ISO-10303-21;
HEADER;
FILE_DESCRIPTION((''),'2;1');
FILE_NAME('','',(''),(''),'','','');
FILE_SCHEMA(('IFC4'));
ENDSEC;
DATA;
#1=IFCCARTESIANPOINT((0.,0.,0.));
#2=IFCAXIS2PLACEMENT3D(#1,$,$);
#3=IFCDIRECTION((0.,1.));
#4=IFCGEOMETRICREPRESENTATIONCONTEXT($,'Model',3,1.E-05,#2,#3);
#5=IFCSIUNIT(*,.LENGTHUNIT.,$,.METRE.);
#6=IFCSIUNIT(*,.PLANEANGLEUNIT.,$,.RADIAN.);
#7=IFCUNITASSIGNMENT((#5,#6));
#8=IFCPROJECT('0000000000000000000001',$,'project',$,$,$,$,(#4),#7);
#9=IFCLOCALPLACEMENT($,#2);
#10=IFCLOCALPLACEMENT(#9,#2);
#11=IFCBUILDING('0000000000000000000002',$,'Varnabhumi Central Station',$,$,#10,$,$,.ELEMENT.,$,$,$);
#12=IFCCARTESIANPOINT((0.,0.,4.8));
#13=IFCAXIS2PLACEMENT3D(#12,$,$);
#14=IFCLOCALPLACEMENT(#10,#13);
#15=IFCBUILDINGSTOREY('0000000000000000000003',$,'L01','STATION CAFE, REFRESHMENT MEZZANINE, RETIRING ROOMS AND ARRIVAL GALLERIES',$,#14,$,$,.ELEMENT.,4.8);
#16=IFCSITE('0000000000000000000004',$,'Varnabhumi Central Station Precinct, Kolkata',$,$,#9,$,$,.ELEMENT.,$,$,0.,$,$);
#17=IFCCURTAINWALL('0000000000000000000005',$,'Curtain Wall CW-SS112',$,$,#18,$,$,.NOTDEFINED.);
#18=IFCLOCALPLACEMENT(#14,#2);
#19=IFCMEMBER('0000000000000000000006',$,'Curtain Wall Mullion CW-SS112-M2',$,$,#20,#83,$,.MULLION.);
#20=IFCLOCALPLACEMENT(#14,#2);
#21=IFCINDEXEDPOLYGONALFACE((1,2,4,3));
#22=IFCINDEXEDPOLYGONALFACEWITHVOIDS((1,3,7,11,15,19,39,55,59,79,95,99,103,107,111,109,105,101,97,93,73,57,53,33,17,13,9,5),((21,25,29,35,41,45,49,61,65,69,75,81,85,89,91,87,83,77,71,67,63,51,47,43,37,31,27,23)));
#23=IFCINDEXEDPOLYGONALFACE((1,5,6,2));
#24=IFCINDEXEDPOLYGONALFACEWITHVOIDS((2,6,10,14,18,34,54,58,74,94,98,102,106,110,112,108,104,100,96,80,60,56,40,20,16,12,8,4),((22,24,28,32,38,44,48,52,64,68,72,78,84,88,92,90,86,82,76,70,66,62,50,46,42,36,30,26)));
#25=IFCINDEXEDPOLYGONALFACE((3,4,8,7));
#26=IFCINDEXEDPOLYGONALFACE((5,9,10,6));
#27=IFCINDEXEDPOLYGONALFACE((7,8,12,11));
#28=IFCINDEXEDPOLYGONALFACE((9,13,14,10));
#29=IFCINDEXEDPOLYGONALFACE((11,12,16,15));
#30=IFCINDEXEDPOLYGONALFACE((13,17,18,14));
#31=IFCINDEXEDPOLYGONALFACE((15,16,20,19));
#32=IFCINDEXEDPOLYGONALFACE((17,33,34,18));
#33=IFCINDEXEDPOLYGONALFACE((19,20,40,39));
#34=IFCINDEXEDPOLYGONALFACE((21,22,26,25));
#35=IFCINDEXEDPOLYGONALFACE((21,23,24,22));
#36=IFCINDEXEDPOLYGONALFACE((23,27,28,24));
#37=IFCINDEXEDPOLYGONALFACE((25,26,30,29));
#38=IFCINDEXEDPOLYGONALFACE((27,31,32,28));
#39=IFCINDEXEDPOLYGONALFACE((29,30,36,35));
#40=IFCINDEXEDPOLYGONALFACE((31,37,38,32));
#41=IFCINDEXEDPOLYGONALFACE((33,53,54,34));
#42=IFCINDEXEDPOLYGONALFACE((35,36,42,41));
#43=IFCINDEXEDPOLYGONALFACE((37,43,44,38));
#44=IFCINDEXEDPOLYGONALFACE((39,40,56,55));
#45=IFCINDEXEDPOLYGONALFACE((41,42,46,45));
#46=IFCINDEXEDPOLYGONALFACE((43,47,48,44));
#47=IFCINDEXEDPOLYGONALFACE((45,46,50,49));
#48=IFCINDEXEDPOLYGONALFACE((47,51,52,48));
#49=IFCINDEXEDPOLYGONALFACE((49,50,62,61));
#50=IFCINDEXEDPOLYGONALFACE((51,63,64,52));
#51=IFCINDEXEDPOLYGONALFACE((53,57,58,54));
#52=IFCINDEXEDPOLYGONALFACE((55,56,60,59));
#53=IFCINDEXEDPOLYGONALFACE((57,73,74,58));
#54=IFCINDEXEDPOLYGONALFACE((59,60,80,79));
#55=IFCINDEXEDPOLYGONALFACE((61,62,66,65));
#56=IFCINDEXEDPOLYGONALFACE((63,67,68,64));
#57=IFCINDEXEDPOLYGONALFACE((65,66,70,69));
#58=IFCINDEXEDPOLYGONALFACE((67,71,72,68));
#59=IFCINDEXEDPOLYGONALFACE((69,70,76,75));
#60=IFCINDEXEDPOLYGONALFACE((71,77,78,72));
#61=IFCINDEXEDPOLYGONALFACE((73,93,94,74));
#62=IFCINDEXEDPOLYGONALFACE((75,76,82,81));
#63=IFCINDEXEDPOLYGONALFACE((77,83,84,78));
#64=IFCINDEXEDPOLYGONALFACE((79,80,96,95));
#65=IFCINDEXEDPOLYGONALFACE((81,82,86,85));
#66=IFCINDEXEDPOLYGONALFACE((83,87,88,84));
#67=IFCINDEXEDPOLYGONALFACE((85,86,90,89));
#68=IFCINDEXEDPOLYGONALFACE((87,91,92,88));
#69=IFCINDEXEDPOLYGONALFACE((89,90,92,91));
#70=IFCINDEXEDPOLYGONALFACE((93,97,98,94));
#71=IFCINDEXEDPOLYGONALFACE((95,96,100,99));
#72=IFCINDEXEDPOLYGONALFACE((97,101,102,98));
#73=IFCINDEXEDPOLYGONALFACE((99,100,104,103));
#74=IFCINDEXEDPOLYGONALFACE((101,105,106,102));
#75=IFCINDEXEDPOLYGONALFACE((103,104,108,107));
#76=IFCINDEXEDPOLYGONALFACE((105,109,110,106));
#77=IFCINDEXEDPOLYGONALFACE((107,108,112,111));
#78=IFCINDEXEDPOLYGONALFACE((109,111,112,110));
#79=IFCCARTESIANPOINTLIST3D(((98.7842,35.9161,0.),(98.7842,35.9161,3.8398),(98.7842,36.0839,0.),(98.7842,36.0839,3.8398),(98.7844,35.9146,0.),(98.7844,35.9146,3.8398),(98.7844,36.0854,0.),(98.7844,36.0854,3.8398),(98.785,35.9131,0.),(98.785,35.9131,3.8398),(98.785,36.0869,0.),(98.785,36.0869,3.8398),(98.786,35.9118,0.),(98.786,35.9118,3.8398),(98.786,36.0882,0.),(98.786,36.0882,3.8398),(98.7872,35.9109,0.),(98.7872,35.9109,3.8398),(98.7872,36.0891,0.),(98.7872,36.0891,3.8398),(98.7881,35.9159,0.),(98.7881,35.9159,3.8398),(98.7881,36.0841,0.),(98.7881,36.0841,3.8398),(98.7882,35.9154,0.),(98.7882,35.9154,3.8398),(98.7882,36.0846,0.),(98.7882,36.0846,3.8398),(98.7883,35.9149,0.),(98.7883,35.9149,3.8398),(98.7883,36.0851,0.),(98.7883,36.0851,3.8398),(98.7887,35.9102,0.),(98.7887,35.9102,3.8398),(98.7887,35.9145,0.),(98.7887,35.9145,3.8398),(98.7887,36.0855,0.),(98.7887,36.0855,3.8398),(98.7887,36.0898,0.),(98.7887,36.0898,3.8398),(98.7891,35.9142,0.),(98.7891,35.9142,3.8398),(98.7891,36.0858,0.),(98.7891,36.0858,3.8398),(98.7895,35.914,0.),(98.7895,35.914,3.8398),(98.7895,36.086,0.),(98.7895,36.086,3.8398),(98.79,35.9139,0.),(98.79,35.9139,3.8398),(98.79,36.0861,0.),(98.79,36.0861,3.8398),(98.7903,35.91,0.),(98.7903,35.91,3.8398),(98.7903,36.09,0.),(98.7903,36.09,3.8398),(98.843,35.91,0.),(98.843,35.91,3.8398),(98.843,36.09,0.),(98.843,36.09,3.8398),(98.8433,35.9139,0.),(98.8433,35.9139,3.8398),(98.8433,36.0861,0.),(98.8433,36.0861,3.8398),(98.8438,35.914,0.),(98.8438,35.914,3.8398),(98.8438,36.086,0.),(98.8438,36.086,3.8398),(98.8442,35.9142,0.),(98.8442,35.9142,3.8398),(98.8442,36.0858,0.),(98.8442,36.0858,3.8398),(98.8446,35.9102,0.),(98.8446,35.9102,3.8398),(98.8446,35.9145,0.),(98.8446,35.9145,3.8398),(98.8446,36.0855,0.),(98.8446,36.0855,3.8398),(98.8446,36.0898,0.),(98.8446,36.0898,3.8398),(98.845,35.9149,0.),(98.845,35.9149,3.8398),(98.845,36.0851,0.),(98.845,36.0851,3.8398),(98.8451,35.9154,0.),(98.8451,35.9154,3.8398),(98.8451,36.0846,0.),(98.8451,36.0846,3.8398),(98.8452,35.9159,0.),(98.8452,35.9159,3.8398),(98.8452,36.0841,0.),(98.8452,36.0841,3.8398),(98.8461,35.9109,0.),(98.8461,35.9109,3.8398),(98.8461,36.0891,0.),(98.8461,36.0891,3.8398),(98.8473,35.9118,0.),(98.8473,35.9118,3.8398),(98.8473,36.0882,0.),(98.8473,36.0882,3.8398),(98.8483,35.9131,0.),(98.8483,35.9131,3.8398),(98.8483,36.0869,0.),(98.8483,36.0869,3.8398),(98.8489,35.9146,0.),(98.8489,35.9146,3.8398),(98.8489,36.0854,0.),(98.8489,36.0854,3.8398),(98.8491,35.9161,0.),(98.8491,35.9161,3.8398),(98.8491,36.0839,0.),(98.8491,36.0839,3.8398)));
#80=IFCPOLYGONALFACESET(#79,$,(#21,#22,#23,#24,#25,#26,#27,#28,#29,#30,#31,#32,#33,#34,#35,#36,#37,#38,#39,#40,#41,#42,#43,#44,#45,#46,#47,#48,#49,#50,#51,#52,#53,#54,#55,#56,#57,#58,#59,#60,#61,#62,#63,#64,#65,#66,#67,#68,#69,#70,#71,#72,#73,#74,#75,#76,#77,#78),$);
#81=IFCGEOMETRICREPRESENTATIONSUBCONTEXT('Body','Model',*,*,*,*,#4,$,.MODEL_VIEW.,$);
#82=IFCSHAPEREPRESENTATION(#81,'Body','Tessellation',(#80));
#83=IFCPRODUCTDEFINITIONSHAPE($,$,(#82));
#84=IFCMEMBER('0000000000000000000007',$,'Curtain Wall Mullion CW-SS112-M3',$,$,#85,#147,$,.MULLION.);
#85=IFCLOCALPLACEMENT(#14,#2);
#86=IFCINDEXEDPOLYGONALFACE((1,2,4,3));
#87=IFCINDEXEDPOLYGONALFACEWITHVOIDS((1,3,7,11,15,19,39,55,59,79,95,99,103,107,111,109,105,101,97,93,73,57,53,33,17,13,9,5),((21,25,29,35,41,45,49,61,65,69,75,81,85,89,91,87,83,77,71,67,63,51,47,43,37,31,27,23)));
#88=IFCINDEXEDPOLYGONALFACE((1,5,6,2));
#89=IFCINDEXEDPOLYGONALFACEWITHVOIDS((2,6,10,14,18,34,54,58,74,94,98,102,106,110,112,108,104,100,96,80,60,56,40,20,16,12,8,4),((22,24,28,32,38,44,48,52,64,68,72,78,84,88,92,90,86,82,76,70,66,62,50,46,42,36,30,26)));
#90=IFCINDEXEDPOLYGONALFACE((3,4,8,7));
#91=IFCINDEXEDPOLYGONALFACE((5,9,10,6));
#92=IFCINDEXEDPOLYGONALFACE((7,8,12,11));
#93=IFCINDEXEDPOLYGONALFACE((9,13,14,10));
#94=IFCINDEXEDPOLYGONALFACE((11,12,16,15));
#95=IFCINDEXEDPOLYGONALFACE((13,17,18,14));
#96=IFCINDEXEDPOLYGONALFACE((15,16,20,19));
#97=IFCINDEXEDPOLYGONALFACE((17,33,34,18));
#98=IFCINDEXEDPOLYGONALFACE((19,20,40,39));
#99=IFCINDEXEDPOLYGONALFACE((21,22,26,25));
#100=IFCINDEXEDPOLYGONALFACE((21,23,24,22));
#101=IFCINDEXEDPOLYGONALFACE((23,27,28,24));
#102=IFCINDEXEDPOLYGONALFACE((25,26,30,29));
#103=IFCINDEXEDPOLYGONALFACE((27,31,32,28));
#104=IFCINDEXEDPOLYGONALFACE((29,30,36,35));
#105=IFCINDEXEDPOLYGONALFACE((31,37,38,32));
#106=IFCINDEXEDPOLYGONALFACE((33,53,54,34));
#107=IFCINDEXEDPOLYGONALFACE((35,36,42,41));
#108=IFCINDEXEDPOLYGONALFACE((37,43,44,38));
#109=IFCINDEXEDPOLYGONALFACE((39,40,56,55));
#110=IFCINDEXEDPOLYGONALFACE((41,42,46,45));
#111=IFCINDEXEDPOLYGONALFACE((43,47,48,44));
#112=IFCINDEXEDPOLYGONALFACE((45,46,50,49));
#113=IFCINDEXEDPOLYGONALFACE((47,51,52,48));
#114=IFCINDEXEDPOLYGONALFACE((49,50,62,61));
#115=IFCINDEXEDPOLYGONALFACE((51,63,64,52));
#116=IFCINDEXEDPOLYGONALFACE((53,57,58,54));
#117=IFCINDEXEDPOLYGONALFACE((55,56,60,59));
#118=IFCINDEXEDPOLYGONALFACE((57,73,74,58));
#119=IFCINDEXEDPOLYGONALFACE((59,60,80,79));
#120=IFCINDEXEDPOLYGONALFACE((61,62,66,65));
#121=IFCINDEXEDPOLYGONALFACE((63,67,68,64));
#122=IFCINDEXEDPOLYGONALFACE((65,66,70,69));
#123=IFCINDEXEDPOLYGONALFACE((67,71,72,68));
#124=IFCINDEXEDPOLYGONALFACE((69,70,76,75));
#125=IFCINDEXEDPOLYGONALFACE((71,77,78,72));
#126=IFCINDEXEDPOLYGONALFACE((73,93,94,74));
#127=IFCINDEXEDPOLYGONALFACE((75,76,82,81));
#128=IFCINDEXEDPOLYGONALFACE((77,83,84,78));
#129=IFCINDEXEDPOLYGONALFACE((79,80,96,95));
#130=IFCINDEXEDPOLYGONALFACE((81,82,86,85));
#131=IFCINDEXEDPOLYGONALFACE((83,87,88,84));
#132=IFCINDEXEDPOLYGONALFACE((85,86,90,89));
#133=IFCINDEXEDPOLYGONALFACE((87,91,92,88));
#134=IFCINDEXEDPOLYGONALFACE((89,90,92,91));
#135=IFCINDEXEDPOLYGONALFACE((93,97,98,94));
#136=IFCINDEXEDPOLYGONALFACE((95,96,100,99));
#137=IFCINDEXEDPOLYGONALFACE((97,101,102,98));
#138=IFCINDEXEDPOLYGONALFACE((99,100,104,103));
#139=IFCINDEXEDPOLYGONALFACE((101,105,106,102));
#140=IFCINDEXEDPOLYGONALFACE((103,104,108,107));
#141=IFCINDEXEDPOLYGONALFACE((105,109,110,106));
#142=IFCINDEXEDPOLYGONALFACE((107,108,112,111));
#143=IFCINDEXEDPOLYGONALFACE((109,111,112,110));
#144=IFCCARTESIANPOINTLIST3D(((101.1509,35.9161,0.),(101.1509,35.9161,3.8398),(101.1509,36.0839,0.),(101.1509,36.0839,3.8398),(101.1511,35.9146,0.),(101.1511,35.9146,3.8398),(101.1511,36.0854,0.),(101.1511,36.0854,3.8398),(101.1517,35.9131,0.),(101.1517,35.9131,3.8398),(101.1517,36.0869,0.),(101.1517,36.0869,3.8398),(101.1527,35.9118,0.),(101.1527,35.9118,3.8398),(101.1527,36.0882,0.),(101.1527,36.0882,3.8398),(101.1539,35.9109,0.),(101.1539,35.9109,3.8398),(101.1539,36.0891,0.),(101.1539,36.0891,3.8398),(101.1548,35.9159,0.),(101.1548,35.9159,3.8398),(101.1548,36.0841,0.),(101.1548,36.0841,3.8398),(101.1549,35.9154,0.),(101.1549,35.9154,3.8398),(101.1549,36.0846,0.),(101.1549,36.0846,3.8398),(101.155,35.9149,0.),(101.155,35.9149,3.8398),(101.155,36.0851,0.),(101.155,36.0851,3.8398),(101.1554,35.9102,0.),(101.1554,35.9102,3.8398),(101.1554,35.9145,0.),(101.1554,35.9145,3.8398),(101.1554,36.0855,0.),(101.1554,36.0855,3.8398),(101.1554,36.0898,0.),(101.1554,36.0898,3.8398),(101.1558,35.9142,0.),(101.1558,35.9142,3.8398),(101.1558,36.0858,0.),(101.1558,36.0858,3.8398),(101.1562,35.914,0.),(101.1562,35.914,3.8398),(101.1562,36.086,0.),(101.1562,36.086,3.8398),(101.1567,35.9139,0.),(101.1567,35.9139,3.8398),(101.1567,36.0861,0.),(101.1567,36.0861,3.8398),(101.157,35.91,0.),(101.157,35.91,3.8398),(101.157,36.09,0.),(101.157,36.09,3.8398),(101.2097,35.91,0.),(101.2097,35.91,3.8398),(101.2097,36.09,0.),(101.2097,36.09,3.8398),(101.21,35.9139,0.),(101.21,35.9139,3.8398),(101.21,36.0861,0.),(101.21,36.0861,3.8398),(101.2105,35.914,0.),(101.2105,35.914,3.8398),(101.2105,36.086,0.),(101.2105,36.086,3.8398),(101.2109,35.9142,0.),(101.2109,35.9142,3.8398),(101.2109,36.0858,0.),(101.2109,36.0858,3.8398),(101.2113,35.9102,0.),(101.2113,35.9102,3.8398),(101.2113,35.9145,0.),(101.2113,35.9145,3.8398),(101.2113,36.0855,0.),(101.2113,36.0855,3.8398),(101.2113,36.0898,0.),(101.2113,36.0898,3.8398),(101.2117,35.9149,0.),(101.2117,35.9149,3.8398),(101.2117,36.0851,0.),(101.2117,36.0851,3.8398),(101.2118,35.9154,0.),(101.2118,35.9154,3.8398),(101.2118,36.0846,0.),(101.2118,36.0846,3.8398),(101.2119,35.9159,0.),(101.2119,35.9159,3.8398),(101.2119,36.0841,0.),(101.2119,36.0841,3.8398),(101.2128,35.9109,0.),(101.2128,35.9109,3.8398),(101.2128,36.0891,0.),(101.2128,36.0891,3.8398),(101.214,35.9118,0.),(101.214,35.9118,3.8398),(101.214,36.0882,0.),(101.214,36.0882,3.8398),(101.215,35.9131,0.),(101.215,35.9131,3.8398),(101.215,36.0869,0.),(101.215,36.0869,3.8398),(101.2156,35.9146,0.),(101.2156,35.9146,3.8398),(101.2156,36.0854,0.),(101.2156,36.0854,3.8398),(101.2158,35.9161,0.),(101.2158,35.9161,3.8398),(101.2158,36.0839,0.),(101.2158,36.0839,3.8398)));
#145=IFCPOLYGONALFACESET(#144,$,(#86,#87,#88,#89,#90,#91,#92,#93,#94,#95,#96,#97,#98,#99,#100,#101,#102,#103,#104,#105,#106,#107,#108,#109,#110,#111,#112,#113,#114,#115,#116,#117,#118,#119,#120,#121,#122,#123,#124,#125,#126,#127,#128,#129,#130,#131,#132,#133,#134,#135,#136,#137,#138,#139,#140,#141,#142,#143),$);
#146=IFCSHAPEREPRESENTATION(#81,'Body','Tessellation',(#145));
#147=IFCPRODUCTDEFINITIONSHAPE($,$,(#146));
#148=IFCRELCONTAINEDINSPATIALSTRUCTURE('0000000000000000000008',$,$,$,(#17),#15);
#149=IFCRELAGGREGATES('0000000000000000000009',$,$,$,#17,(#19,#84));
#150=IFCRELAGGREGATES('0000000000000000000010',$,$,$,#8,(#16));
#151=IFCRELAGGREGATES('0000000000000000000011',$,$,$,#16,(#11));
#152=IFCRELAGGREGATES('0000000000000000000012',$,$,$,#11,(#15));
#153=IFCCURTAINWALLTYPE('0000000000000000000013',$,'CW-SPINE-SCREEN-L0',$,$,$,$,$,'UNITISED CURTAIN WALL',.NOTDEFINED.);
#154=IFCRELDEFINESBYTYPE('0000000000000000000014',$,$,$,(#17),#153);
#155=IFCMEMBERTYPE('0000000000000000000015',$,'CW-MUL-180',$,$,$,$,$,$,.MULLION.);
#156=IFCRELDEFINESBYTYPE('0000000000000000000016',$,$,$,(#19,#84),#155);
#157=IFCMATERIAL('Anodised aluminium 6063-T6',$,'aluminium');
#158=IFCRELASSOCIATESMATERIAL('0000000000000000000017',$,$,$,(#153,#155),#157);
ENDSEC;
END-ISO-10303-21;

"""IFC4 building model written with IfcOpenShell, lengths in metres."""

from ifc_helpers import new_model, si_unit, direction, frame, origin, origin_2d, place, context, subcontext, project, spatial, hollow_rectangle, extrude, material, material_profile, profile_set, type_object, element, aggregate, save


model = new_model("IFC4")

# Units and contexts
model_context = context("Model", 3, precision=1e-05, world=origin(), true_north=direction((0.0, 1.0)))
body_context = subcontext(model_context, "Body", "Model", "MODEL_VIEW")
ifc_project = project(units=[si_unit("LENGTHUNIT", "METRE"), si_unit("PLANEANGLEUNIT", "RADIAN")], contexts=[model_context])

# Site, building, storey
site_placement = place(None, origin())
site = spatial("IfcSite", under=ifc_project, at=site_placement, Name="Varnabhumi Central Station Precinct, Kolkata", CompositionType="ELEMENT", RefElevation=0.0)
building_placement = place(site_placement, origin())
building = spatial("IfcBuilding", under=site, at=building_placement, Name="Varnabhumi Central Station", CompositionType="ELEMENT")
storey_placement = place(building_placement, frame((0.0, 0.0, 4.8)))
storey = spatial("IfcBuildingStorey", under=building, at=storey_placement, Name="L01", Description="STATION CAFE, REFRESHMENT MEZZANINE, RETIRING ROOMS AND ARRIVAL GALLERIES", CompositionType="ELEMENT", Elevation=4.8)

# Curtain wall, members
ifc_material_1 = material(Name="Anodised aluminium 6063-T6", Category="aluminium")
curtain_wall_type = type_object("IfcCurtainWallType", Name="CW-SPINE-SCREEN-L0", ElementType="UNITISED CURTAIN WALL", PredefinedType="NOTDEFINED", material=ifc_material_1)
curtain_wall_placement = place(storey_placement, origin())
curtain_wall = element("IfcCurtainWall", 1, at=curtain_wall_placement, inside=storey, type_object=curtain_wall_type, Name="Curtain Wall CW-SS112", PredefinedType="NOTDEFINED")
ifc_material_profile_1 = material_profile(ifc_material_1, hollow_rectangle(XDim=0.0649, YDim=0.1799, WallThickness=0.0039, InnerFilletRadius=0.002, OuterFilletRadius=0.0061, at=origin_2d()), Name="Anodised aluminium 6063-T6", Category="aluminium")
ifc_profile_set_1 = profile_set([ifc_material_profile_1], Name="Anodised aluminium 6063-T6")
member_type_1 = type_object("IfcMemberType", Name="CW-MUL-180", PredefinedType="MULLION", material=ifc_profile_set_1)
member_1_placement = place(storey_placement, frame((98.8167, 36.0, 0.0), z_axis=(0.0, 0.0, 1.0), x_axis=(1.0, 0.0, 0.0)))
member_1 = element("IfcMember", 2, at=member_1_placement, type_object=member_type_1, Name="Curtain Wall Mullion CW-SS112-M2", PredefinedType="MULLION", context=body_context, shape_type="SweptSolid", body=[
    extrude(hollow_rectangle(XDim=0.0649, YDim=0.1799, WallThickness=0.0039, InnerFilletRadius=0.002, OuterFilletRadius=0.0061, at=origin_2d()), origin(), (0.0, 0.0, 1.0), 3.8398),
])
member_2_placement = place(storey_placement, frame((101.1833, 36.0, 0.0), z_axis=(0.0, 0.0, 1.0), x_axis=(1.0, 0.0, 0.0)))
member_2 = element("IfcMember", 3, at=member_2_placement, type_object=member_type_1, Name="Curtain Wall Mullion CW-SS112-M3", PredefinedType="MULLION", context=body_context, shape_type="SweptSolid", body=[
    extrude(hollow_rectangle(XDim=0.0649, YDim=0.1799, WallThickness=0.0039, InnerFilletRadius=0.002, OuterFilletRadius=0.0061, at=origin_2d()), origin(), (0.0, 0.0, 1.0), 3.8398),
])
aggregate(curtain_wall, [member_1, member_2])

save(model, "model.ifc")
